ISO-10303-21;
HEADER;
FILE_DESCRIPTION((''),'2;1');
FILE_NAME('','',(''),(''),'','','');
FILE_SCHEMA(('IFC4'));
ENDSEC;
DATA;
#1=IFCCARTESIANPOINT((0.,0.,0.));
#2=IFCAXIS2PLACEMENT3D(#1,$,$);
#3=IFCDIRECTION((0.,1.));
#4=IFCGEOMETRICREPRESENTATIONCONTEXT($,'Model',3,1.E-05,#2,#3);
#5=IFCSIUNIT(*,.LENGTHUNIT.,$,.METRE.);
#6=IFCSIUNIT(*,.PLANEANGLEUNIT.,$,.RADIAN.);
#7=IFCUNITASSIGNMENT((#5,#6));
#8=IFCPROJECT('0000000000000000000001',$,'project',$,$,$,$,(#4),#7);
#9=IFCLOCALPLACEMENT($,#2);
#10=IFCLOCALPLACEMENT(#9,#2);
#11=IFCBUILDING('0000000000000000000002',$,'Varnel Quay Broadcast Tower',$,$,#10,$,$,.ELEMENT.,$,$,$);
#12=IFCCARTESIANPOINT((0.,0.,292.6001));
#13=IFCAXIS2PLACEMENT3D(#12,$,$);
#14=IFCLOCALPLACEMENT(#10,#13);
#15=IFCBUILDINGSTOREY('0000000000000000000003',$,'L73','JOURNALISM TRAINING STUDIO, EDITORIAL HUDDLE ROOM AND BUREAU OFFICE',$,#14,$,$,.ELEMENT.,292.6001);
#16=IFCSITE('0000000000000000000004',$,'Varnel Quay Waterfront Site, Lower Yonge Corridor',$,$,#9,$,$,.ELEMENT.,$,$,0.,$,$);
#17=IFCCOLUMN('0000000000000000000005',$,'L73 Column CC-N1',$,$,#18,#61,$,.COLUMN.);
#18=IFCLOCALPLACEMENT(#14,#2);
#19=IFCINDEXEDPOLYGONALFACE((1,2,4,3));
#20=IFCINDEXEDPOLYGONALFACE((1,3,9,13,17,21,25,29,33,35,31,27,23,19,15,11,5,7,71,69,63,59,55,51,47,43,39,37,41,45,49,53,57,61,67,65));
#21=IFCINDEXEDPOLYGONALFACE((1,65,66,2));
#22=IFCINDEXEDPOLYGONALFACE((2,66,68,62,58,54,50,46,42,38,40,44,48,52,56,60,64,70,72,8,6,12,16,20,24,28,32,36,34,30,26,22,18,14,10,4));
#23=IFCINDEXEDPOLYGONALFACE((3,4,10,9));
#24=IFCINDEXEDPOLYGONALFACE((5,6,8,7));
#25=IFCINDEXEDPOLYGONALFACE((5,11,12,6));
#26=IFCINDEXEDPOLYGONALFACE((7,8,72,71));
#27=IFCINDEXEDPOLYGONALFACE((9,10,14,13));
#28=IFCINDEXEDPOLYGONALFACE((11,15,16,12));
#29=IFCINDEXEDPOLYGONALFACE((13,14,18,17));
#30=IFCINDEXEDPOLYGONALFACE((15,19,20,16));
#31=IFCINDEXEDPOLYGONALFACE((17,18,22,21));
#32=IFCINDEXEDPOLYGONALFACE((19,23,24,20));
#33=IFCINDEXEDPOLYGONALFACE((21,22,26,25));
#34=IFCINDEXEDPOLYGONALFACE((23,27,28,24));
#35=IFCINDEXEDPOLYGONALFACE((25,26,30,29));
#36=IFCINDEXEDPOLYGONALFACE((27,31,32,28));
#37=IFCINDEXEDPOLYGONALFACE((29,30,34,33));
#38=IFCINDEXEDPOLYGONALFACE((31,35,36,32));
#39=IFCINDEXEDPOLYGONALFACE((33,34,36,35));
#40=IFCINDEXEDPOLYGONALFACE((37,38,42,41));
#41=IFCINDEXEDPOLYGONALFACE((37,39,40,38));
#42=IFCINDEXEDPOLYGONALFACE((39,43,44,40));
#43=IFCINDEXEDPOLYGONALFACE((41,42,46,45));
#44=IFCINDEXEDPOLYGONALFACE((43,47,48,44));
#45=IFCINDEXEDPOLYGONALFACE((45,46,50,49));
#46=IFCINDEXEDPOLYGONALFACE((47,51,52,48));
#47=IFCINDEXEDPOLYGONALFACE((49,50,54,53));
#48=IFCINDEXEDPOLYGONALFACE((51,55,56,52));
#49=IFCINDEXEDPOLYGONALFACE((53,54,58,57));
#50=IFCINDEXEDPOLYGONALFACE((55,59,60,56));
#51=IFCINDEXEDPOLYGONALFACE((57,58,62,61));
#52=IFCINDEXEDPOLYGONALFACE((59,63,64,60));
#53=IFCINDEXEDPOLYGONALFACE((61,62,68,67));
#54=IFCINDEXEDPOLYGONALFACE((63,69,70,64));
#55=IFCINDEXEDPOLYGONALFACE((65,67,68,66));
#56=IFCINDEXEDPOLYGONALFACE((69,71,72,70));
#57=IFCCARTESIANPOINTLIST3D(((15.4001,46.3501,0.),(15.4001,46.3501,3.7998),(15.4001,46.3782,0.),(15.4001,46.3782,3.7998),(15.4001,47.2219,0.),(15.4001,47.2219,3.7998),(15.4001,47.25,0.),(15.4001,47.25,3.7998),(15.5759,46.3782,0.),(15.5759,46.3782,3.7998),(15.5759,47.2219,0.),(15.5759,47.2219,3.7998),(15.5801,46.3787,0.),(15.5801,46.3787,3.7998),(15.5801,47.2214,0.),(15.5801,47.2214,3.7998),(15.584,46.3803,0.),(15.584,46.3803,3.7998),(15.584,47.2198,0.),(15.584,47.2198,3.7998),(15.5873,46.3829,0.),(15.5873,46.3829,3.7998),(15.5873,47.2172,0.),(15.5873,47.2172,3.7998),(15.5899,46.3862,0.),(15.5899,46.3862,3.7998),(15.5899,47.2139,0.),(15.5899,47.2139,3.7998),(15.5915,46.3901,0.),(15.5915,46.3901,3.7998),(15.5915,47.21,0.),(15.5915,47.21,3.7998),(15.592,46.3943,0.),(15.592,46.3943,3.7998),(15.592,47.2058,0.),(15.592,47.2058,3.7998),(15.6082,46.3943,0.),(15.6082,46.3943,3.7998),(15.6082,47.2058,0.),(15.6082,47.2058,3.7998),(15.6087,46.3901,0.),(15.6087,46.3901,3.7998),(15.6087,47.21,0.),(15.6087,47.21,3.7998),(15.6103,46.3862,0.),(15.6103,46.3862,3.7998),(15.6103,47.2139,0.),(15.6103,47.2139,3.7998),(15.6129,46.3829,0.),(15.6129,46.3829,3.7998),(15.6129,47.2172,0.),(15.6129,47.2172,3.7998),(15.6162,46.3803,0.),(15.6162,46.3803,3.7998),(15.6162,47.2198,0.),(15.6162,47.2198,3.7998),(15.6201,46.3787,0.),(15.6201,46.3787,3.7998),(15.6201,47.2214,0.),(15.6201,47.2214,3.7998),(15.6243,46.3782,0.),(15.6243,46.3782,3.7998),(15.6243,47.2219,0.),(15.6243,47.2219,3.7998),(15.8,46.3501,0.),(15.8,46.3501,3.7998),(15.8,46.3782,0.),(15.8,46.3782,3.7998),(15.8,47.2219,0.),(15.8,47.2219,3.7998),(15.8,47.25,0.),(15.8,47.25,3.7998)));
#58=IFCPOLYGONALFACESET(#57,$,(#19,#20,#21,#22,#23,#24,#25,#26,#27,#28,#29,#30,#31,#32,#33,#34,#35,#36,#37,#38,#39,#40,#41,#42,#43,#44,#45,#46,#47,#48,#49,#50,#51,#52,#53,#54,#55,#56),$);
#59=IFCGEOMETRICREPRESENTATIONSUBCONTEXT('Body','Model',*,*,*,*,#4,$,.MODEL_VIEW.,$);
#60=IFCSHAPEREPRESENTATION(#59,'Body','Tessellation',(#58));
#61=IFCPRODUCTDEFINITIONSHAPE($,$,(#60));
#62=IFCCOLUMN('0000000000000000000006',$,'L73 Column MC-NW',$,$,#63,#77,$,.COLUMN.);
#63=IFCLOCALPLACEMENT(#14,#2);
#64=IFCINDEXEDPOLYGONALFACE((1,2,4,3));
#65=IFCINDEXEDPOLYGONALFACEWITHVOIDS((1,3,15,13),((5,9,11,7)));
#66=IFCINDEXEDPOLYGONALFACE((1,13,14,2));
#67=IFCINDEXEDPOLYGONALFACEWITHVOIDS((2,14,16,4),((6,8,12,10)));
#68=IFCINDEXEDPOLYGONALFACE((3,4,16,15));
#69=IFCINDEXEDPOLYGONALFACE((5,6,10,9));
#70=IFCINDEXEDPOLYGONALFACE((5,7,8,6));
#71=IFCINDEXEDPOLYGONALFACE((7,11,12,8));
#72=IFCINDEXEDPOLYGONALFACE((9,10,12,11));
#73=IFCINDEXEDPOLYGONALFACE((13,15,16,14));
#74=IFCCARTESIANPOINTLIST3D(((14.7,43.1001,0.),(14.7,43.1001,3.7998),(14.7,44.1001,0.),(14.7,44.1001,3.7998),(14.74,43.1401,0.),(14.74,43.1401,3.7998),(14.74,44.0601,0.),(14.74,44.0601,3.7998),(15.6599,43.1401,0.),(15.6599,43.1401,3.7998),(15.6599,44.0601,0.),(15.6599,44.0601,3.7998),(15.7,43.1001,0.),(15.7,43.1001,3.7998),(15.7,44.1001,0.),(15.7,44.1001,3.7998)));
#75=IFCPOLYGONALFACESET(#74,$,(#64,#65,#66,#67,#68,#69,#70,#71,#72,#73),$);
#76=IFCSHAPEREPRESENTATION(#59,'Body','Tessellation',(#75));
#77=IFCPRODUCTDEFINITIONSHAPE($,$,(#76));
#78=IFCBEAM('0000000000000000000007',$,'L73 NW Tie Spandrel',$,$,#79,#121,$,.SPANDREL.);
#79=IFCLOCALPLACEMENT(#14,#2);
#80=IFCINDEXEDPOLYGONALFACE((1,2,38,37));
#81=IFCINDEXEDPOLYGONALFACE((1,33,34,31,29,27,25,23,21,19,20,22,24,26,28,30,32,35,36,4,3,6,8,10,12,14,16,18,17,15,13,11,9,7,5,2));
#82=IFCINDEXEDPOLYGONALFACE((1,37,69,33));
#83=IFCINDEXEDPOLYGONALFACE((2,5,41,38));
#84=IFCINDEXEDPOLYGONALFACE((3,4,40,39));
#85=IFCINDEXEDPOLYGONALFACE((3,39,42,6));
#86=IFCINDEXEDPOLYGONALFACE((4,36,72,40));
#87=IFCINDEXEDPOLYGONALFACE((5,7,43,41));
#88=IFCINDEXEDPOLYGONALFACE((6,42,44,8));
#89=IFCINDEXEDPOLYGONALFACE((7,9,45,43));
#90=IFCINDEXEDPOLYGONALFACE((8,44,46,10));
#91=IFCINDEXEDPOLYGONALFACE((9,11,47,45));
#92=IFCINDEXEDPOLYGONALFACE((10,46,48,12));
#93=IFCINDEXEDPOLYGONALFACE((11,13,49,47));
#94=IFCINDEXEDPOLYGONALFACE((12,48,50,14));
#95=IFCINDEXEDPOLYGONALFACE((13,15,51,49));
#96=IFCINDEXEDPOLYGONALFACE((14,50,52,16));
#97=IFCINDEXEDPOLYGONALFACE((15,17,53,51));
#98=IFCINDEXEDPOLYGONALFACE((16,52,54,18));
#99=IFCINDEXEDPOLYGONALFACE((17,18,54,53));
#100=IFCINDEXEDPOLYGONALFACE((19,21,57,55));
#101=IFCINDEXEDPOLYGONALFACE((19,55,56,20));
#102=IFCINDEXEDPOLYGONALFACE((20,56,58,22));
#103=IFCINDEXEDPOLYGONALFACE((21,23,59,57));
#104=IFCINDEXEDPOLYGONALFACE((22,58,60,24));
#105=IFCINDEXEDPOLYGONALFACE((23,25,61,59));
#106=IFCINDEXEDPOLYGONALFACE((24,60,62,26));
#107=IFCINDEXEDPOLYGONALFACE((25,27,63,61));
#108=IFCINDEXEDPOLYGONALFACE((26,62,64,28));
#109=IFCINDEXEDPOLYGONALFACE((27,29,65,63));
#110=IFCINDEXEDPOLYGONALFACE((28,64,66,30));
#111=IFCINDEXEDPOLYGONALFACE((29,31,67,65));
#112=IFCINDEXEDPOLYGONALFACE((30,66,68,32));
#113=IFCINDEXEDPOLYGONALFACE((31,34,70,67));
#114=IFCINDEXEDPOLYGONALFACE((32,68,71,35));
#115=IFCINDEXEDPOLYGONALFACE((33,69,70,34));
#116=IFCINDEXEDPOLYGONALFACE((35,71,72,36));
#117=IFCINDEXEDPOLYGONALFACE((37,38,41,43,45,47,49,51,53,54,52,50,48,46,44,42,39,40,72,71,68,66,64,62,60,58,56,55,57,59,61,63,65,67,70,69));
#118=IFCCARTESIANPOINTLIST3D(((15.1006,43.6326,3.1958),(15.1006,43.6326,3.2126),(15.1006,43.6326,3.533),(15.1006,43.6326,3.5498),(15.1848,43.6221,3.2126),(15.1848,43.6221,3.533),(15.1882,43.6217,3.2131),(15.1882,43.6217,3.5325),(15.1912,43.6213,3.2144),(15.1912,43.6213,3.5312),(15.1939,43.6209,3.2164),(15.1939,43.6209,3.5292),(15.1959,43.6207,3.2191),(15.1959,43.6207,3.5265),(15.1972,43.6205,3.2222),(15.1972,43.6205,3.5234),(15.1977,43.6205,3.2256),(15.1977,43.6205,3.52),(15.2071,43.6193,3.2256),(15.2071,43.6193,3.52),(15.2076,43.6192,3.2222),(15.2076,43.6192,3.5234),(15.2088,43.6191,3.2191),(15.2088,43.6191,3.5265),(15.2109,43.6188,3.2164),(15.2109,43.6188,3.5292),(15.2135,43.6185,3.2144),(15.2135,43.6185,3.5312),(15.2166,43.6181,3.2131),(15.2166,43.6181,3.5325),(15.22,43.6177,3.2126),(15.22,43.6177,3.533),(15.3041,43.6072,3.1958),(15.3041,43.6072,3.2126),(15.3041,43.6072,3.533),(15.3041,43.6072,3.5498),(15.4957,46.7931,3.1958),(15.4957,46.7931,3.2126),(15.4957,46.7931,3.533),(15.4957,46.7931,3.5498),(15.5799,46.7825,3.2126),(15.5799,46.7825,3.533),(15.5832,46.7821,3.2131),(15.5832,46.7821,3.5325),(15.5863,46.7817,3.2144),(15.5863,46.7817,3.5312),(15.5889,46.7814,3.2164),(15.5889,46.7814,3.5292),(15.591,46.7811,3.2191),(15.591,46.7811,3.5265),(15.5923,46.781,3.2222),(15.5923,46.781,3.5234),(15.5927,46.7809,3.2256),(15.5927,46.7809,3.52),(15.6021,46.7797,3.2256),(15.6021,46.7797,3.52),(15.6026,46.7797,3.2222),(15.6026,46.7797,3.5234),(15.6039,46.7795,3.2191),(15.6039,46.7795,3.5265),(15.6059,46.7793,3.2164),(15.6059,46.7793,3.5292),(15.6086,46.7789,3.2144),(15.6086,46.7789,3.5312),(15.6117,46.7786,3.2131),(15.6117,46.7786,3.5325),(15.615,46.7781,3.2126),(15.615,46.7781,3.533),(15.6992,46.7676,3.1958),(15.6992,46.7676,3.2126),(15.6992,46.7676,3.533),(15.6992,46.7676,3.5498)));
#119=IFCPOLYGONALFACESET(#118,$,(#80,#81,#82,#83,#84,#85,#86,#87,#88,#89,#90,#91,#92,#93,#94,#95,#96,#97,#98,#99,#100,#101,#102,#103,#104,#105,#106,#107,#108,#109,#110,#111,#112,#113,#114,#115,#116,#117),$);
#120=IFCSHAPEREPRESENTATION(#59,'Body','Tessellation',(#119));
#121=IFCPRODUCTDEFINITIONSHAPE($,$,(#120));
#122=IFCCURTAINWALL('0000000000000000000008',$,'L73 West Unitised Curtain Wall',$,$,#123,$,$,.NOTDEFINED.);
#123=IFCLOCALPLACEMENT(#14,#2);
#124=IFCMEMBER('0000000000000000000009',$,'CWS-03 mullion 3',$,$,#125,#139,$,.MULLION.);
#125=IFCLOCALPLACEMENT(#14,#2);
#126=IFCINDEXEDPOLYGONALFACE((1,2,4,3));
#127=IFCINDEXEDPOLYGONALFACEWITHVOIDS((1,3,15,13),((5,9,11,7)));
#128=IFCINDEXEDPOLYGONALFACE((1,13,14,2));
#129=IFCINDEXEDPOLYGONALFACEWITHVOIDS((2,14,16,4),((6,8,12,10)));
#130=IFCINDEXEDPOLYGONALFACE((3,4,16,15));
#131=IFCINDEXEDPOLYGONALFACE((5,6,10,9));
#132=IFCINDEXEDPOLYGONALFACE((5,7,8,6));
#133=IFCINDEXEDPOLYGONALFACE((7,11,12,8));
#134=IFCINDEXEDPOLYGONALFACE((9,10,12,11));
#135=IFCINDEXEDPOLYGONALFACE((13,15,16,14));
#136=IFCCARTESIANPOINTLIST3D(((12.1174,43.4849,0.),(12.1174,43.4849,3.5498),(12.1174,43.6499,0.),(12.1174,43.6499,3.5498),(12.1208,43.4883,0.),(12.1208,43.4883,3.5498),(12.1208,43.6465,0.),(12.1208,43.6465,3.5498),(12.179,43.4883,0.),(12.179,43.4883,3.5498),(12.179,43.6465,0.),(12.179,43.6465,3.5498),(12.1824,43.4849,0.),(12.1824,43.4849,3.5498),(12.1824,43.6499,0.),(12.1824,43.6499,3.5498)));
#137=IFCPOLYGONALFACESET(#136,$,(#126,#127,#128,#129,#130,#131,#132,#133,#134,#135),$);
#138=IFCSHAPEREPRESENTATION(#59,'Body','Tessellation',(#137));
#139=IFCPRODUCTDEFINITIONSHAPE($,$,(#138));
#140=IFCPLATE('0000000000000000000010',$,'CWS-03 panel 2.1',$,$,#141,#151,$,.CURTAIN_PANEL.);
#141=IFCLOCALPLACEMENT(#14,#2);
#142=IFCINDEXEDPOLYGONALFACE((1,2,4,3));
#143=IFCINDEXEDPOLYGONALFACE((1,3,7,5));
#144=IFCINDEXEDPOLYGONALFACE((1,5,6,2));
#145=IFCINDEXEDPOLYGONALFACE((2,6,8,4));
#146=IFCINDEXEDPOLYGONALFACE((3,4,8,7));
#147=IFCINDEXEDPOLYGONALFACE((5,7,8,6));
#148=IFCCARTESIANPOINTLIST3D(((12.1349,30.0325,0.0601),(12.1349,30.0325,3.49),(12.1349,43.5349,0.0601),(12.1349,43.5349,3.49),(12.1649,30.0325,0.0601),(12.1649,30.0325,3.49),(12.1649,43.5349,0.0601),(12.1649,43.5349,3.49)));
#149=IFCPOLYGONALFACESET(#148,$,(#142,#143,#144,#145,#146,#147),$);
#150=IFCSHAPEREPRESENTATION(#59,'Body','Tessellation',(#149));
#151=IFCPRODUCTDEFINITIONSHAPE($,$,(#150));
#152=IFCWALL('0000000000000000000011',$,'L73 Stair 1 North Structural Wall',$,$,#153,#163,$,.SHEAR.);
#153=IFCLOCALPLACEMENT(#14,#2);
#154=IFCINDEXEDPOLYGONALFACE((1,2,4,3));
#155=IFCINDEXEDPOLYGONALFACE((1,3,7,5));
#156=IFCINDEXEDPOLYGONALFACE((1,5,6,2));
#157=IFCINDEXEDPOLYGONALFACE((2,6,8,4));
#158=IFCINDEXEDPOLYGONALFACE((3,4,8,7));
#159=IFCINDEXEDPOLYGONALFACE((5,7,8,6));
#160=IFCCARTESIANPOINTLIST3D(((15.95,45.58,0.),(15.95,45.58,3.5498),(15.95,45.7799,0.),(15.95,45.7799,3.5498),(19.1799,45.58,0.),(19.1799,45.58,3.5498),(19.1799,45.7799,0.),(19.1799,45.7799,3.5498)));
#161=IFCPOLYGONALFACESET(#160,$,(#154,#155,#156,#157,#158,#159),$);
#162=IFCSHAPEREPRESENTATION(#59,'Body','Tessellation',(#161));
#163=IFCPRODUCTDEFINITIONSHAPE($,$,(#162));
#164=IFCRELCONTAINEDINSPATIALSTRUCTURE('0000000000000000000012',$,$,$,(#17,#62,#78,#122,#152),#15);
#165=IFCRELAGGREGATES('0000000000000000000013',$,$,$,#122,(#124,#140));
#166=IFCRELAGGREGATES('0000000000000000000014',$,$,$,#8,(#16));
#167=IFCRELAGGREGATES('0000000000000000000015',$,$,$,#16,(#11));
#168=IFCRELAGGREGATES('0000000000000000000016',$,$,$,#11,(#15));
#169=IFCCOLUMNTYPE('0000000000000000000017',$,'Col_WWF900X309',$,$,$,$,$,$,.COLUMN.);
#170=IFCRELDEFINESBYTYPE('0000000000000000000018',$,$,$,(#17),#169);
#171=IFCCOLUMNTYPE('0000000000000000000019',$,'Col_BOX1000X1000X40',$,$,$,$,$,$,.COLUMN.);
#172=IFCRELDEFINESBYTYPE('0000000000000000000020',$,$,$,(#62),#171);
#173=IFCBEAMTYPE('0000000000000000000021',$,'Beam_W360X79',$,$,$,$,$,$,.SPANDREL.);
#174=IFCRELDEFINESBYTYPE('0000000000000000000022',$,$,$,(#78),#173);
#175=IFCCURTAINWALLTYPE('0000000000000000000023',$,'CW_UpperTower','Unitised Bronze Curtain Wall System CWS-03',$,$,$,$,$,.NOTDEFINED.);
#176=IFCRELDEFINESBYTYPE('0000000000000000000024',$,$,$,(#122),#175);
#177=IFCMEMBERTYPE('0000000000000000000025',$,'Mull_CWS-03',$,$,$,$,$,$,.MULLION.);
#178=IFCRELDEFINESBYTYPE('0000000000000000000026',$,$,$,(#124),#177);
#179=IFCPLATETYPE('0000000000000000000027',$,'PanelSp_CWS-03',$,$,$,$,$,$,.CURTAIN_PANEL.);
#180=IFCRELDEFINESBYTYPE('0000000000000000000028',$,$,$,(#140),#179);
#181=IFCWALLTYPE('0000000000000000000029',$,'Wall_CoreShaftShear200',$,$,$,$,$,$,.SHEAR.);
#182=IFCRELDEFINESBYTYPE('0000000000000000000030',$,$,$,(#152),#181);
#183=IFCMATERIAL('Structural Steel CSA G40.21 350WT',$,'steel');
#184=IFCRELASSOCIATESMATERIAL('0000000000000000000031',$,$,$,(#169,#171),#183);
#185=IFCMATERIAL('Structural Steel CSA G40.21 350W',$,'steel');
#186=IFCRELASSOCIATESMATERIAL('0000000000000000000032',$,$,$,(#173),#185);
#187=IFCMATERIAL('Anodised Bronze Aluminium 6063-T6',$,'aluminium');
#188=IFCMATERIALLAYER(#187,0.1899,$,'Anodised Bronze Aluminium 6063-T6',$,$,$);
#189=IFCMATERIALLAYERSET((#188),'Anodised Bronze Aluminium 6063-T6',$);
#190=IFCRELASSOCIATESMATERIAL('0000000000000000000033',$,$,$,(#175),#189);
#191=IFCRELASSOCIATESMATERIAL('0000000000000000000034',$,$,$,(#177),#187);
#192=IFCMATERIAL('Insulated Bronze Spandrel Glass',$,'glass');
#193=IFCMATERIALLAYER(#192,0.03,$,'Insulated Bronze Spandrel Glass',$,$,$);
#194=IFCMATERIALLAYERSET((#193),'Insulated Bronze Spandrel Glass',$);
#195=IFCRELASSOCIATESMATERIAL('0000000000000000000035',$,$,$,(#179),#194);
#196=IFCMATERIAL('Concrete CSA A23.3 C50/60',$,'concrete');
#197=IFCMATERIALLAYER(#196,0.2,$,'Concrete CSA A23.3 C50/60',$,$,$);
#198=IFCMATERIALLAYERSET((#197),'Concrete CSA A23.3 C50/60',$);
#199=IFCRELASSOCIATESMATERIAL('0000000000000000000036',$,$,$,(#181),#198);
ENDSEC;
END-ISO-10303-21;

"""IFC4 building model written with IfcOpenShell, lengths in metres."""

from ifc_helpers import new_model, si_unit, direction, frame, frame_2d, origin, origin_2d, place, context, subcontext, project, spatial, rectangle, hollow_rectangle, i_section, extrude, source, transform, mapped, material, layer, layer_set, material_profile, profile_set, type_object, type_shapes, element, aggregate, save


model = new_model("IFC4")

# Units and contexts
model_context = context("Model", 3, precision=1e-05, world=origin(), true_north=direction((0.0, 1.0)))
body_context = subcontext(model_context, "Body", "Model", "MODEL_VIEW")
ifc_project = project(units=[si_unit("LENGTHUNIT", "METRE"), si_unit("PLANEANGLEUNIT", "RADIAN")], contexts=[model_context])

# Site, building, storey
site_placement = place(None, origin())
site = spatial("IfcSite", under=ifc_project, at=site_placement, Name="Varnel Quay Waterfront Site, Lower Yonge Corridor", CompositionType="ELEMENT", RefElevation=0.0)
building_placement = place(site_placement, origin())
building = spatial("IfcBuilding", under=site, at=building_placement, Name="Varnel Quay Broadcast Tower", CompositionType="ELEMENT")
storey_placement = place(building_placement, frame((0.0, 0.0, 292.6001)))
storey = spatial("IfcBuildingStorey", under=building, at=storey_placement, Name="L73", Description="JOURNALISM TRAINING STUDIO, EDITORIAL HUDDLE ROOM AND BUREAU OFFICE", CompositionType="ELEMENT", Elevation=292.6001)

# Columns
ifc_material_1 = material(Name="Structural Steel CSA G40.21 350WT", Category="steel")
ifc_material_profile_1 = material_profile(ifc_material_1, i_section(OverallWidth=0.3999, OverallDepth=0.8999, WebThickness=0.0161, FlangeThickness=0.0281, FilletRadius=0.0161, at=origin_2d()), Name="WWF900X309")
ifc_profile_set_1 = profile_set([ifc_material_profile_1], Name="Structural Steel CSA G40.21 350WT")
column_type_1 = type_object("IfcColumnType", Name="Col_WWF900X309", PredefinedType="COLUMN", material=ifc_profile_set_1)
shared_shape_1 = source(origin(), body_context, "Body", "SweptSolid", [
    extrude(i_section(OverallWidth=0.3999, OverallDepth=0.8999, WebThickness=0.0161, FlangeThickness=0.0281, FilletRadius=0.0161, at=origin_2d()), origin(), (0.0, 0.0, 1.0), 3.7998),
])
type_shapes(column_type_1, [shared_shape_1])
column_1_placement = place(storey_placement, frame((15.6001, 46.8, 0.0), z_axis=(0.0, 0.0, 1.0), x_axis=(1.0, 0.0, 0.0)))
element("IfcColumn", 1, at=column_1_placement, inside=storey, type_object=column_type_1, Name="L73 Column CC-N1", PredefinedType="COLUMN", context=body_context, shape_type="MappedRepresentation", body=[
    mapped(shared_shape_1, transform((0.0, 0.0, 0.0), x_axis=(1.0, 0.0, 0.0), y_axis=(0.0, 1.0, 0.0), z_axis=(0.0, 0.0, 1.0), scale=1.0)),
])
ifc_material_profile_2 = material_profile(ifc_material_1, hollow_rectangle(XDim=1.0, YDim=1.0, WallThickness=0.04, at=origin_2d()), Name="BOX1000X1000X40")
ifc_profile_set_2 = profile_set([ifc_material_profile_2], Name="Structural Steel CSA G40.21 350WT")
column_type_2 = type_object("IfcColumnType", Name="Col_BOX1000X1000X40", PredefinedType="COLUMN", material=ifc_profile_set_2)
shared_shape_2 = source(origin(), body_context, "Body", "SweptSolid", [
    extrude(hollow_rectangle(XDim=1.0, YDim=1.0, WallThickness=0.04, at=origin_2d()), origin(), (0.0, 0.0, 1.0), 3.7998),
])
type_shapes(column_type_2, [shared_shape_2])
column_2_placement = place(storey_placement, frame((15.2, 43.6001, 0.0), z_axis=(0.0, 0.0, 1.0), x_axis=(1.0, 0.0, 0.0)))
element("IfcColumn", 2, at=column_2_placement, inside=storey, type_object=column_type_2, Name="L73 Column MC-NW", PredefinedType="COLUMN", context=body_context, shape_type="MappedRepresentation", body=[
    mapped(shared_shape_2, transform((0.0, 0.0, 0.0), x_axis=(1.0, 0.0, 0.0), y_axis=(0.0, 1.0, 0.0), z_axis=(0.0, 0.0, 1.0), scale=1.0)),
])

# Beam
ifc_material_2 = material(Name="Structural Steel CSA G40.21 350W", Category="steel")
ifc_material_profile_3 = material_profile(ifc_material_2, i_section(OverallWidth=0.2051, OverallDepth=0.354, WebThickness=0.0095, FlangeThickness=0.0168, FilletRadius=0.0129, at=origin_2d()), Name="W360X79")
ifc_profile_set_3 = profile_set([ifc_material_profile_3], Name="Structural Steel CSA G40.21 350W")
beam_type = type_object("IfcBeamType", Name="Beam_W360X79", PredefinedType="SPANDREL", material=ifc_profile_set_3)
shared_shape_3 = source(origin(), body_context, "Body", "SweptSolid", [
    extrude(i_section(OverallWidth=0.2051, OverallDepth=0.354, WebThickness=0.0095, FlangeThickness=0.0168, FilletRadius=0.0129, at=origin_2d()), origin(), (0.0, 0.0, 1.0), 3.1851),
])
type_shapes(beam_type, [shared_shape_3])
beam_placement = place(storey_placement, frame((15.2024, 43.6199, 3.3728), z_axis=(0.124025, 0.992279, 0.0), x_axis=(-0.992279, 0.124025, 0.0)))
element("IfcBeam", 3, at=beam_placement, inside=storey, type_object=beam_type, Name="L73 NW Tie Spandrel", PredefinedType="SPANDREL", context=body_context, shape_type="MappedRepresentation", body=[
    mapped(shared_shape_3, transform((0.0, 0.0, 0.0), x_axis=(1.0, 0.0, 0.0), y_axis=(0.0, 1.0, 0.0), z_axis=(0.0, 0.0, 1.0), scale=1.0)),
])

# Curtain wall, member, plate
ifc_material_3 = material(Name="Anodised Bronze Aluminium 6063-T6", Category="aluminium")
ifc_layer_1 = layer(ifc_material_3, 0.1899, Name="Anodised Bronze Aluminium 6063-T6")
ifc_layer_set_1 = layer_set([ifc_layer_1], Name="Anodised Bronze Aluminium 6063-T6")
curtain_wall_type = type_object("IfcCurtainWallType", Name="CW_UpperTower", Description="Unitised Bronze Curtain Wall System CWS-03", PredefinedType="NOTDEFINED", material=ifc_layer_set_1)
curtain_wall_placement = place(storey_placement, origin())
curtain_wall = element("IfcCurtainWall", 4, at=curtain_wall_placement, inside=storey, type_object=curtain_wall_type, Name="L73 West Unitised Curtain Wall", PredefinedType="NOTDEFINED")
ifc_material_profile_4 = material_profile(ifc_material_3, hollow_rectangle(XDim=0.0649, YDim=0.165, WallThickness=0.0034, at=origin_2d()), Name="ALU65X165X3.5")
ifc_profile_set_4 = profile_set([ifc_material_profile_4], Name="Anodised Bronze Aluminium 6063-T6")
member_type = type_object("IfcMemberType", Name="Mull_CWS-03", PredefinedType="MULLION", material=ifc_profile_set_4)
shared_shape_4 = source(origin(), body_context, "Body", "SweptSolid", [
    extrude(hollow_rectangle(XDim=0.0649, YDim=0.165, WallThickness=0.0034, at=origin_2d()), origin(), (0.0, 0.0, 1.0), 3.5498),
])
type_shapes(member_type, [shared_shape_4])
member_placement = place(storey_placement, frame((12.1499, 43.5674, 0.0), z_axis=(0.0, 0.0, 1.0), x_axis=(-1.0, 0.0, 0.0)))
member = element("IfcMember", 5, at=member_placement, type_object=member_type, Name="CWS-03 mullion 3", PredefinedType="MULLION", context=body_context, shape_type="MappedRepresentation", body=[
    mapped(shared_shape_4, transform((0.0, 0.0, 0.0), x_axis=(1.0, 0.0, 0.0), y_axis=(0.0, 1.0, 0.0), z_axis=(0.0, 0.0, 1.0), scale=1.0)),
])
ifc_material_4 = material(Name="Insulated Bronze Spandrel Glass", Category="glass")
ifc_layer_2 = layer(ifc_material_4, 0.03, Name="Insulated Bronze Spandrel Glass")
ifc_layer_set_2 = layer_set([ifc_layer_2], Name="Insulated Bronze Spandrel Glass")
plate_type = type_object("IfcPlateType", Name="PanelSp_CWS-03", PredefinedType="CURTAIN_PANEL", material=ifc_layer_set_2)
shared_shape_5 = source(origin(), body_context, "Body", "SweptSolid", [
    extrude(rectangle(XDim=13.5024, YDim=0.03, at=origin_2d()), origin(), (0.0, 0.0, 1.0), 3.4299),
])
type_shapes(plate_type, [shared_shape_5])
plate_placement = place(storey_placement, frame((12.1499, 36.7837, 0.0601), z_axis=(0.0, 0.0, 1.0), x_axis=(0.0, 1.0, 0.0)))
plate = element("IfcPlate", 6, at=plate_placement, type_object=plate_type, Name="CWS-03 panel 2.1", PredefinedType="CURTAIN_PANEL", context=body_context, shape_type="MappedRepresentation", body=[
    mapped(shared_shape_5, transform((0.0, 0.0, 0.0), x_axis=(1.0, 0.0, 0.0), y_axis=(0.0, 1.0, 0.0), z_axis=(0.0, 0.0, 1.0), scale=1.0)),
])
aggregate(curtain_wall, [member, plate])

# Wall
ifc_material_5 = material(Name="Concrete CSA A23.3 C50/60", Category="concrete")
ifc_layer_3 = layer(ifc_material_5, 0.2, Name="Concrete CSA A23.3 C50/60")
ifc_layer_set_3 = layer_set([ifc_layer_3], Name="Concrete CSA A23.3 C50/60")
wall_type_1 = type_object("IfcWallType", Name="Wall_CoreShaftShear200", PredefinedType="SHEAR", material=ifc_layer_set_3)
wall_1_placement = place(storey_placement, frame((15.95, 45.6799, 0.0), z_axis=(0.0, 0.0, 1.0), x_axis=(1.0, 0.0, 0.0)))
element("IfcWall", 7, at=wall_1_placement, inside=storey, type_object=wall_type_1, Name="L73 Stair 1 North Structural Wall", PredefinedType="SHEAR", context=body_context, shape_type="SweptSolid", body=[
    extrude(rectangle(XDim=3.23, YDim=0.2, at=frame_2d((1.615, 0.0))), origin(), (0.0, 0.0, 1.0), 3.5498),
])

save(model, "model.ifc")
